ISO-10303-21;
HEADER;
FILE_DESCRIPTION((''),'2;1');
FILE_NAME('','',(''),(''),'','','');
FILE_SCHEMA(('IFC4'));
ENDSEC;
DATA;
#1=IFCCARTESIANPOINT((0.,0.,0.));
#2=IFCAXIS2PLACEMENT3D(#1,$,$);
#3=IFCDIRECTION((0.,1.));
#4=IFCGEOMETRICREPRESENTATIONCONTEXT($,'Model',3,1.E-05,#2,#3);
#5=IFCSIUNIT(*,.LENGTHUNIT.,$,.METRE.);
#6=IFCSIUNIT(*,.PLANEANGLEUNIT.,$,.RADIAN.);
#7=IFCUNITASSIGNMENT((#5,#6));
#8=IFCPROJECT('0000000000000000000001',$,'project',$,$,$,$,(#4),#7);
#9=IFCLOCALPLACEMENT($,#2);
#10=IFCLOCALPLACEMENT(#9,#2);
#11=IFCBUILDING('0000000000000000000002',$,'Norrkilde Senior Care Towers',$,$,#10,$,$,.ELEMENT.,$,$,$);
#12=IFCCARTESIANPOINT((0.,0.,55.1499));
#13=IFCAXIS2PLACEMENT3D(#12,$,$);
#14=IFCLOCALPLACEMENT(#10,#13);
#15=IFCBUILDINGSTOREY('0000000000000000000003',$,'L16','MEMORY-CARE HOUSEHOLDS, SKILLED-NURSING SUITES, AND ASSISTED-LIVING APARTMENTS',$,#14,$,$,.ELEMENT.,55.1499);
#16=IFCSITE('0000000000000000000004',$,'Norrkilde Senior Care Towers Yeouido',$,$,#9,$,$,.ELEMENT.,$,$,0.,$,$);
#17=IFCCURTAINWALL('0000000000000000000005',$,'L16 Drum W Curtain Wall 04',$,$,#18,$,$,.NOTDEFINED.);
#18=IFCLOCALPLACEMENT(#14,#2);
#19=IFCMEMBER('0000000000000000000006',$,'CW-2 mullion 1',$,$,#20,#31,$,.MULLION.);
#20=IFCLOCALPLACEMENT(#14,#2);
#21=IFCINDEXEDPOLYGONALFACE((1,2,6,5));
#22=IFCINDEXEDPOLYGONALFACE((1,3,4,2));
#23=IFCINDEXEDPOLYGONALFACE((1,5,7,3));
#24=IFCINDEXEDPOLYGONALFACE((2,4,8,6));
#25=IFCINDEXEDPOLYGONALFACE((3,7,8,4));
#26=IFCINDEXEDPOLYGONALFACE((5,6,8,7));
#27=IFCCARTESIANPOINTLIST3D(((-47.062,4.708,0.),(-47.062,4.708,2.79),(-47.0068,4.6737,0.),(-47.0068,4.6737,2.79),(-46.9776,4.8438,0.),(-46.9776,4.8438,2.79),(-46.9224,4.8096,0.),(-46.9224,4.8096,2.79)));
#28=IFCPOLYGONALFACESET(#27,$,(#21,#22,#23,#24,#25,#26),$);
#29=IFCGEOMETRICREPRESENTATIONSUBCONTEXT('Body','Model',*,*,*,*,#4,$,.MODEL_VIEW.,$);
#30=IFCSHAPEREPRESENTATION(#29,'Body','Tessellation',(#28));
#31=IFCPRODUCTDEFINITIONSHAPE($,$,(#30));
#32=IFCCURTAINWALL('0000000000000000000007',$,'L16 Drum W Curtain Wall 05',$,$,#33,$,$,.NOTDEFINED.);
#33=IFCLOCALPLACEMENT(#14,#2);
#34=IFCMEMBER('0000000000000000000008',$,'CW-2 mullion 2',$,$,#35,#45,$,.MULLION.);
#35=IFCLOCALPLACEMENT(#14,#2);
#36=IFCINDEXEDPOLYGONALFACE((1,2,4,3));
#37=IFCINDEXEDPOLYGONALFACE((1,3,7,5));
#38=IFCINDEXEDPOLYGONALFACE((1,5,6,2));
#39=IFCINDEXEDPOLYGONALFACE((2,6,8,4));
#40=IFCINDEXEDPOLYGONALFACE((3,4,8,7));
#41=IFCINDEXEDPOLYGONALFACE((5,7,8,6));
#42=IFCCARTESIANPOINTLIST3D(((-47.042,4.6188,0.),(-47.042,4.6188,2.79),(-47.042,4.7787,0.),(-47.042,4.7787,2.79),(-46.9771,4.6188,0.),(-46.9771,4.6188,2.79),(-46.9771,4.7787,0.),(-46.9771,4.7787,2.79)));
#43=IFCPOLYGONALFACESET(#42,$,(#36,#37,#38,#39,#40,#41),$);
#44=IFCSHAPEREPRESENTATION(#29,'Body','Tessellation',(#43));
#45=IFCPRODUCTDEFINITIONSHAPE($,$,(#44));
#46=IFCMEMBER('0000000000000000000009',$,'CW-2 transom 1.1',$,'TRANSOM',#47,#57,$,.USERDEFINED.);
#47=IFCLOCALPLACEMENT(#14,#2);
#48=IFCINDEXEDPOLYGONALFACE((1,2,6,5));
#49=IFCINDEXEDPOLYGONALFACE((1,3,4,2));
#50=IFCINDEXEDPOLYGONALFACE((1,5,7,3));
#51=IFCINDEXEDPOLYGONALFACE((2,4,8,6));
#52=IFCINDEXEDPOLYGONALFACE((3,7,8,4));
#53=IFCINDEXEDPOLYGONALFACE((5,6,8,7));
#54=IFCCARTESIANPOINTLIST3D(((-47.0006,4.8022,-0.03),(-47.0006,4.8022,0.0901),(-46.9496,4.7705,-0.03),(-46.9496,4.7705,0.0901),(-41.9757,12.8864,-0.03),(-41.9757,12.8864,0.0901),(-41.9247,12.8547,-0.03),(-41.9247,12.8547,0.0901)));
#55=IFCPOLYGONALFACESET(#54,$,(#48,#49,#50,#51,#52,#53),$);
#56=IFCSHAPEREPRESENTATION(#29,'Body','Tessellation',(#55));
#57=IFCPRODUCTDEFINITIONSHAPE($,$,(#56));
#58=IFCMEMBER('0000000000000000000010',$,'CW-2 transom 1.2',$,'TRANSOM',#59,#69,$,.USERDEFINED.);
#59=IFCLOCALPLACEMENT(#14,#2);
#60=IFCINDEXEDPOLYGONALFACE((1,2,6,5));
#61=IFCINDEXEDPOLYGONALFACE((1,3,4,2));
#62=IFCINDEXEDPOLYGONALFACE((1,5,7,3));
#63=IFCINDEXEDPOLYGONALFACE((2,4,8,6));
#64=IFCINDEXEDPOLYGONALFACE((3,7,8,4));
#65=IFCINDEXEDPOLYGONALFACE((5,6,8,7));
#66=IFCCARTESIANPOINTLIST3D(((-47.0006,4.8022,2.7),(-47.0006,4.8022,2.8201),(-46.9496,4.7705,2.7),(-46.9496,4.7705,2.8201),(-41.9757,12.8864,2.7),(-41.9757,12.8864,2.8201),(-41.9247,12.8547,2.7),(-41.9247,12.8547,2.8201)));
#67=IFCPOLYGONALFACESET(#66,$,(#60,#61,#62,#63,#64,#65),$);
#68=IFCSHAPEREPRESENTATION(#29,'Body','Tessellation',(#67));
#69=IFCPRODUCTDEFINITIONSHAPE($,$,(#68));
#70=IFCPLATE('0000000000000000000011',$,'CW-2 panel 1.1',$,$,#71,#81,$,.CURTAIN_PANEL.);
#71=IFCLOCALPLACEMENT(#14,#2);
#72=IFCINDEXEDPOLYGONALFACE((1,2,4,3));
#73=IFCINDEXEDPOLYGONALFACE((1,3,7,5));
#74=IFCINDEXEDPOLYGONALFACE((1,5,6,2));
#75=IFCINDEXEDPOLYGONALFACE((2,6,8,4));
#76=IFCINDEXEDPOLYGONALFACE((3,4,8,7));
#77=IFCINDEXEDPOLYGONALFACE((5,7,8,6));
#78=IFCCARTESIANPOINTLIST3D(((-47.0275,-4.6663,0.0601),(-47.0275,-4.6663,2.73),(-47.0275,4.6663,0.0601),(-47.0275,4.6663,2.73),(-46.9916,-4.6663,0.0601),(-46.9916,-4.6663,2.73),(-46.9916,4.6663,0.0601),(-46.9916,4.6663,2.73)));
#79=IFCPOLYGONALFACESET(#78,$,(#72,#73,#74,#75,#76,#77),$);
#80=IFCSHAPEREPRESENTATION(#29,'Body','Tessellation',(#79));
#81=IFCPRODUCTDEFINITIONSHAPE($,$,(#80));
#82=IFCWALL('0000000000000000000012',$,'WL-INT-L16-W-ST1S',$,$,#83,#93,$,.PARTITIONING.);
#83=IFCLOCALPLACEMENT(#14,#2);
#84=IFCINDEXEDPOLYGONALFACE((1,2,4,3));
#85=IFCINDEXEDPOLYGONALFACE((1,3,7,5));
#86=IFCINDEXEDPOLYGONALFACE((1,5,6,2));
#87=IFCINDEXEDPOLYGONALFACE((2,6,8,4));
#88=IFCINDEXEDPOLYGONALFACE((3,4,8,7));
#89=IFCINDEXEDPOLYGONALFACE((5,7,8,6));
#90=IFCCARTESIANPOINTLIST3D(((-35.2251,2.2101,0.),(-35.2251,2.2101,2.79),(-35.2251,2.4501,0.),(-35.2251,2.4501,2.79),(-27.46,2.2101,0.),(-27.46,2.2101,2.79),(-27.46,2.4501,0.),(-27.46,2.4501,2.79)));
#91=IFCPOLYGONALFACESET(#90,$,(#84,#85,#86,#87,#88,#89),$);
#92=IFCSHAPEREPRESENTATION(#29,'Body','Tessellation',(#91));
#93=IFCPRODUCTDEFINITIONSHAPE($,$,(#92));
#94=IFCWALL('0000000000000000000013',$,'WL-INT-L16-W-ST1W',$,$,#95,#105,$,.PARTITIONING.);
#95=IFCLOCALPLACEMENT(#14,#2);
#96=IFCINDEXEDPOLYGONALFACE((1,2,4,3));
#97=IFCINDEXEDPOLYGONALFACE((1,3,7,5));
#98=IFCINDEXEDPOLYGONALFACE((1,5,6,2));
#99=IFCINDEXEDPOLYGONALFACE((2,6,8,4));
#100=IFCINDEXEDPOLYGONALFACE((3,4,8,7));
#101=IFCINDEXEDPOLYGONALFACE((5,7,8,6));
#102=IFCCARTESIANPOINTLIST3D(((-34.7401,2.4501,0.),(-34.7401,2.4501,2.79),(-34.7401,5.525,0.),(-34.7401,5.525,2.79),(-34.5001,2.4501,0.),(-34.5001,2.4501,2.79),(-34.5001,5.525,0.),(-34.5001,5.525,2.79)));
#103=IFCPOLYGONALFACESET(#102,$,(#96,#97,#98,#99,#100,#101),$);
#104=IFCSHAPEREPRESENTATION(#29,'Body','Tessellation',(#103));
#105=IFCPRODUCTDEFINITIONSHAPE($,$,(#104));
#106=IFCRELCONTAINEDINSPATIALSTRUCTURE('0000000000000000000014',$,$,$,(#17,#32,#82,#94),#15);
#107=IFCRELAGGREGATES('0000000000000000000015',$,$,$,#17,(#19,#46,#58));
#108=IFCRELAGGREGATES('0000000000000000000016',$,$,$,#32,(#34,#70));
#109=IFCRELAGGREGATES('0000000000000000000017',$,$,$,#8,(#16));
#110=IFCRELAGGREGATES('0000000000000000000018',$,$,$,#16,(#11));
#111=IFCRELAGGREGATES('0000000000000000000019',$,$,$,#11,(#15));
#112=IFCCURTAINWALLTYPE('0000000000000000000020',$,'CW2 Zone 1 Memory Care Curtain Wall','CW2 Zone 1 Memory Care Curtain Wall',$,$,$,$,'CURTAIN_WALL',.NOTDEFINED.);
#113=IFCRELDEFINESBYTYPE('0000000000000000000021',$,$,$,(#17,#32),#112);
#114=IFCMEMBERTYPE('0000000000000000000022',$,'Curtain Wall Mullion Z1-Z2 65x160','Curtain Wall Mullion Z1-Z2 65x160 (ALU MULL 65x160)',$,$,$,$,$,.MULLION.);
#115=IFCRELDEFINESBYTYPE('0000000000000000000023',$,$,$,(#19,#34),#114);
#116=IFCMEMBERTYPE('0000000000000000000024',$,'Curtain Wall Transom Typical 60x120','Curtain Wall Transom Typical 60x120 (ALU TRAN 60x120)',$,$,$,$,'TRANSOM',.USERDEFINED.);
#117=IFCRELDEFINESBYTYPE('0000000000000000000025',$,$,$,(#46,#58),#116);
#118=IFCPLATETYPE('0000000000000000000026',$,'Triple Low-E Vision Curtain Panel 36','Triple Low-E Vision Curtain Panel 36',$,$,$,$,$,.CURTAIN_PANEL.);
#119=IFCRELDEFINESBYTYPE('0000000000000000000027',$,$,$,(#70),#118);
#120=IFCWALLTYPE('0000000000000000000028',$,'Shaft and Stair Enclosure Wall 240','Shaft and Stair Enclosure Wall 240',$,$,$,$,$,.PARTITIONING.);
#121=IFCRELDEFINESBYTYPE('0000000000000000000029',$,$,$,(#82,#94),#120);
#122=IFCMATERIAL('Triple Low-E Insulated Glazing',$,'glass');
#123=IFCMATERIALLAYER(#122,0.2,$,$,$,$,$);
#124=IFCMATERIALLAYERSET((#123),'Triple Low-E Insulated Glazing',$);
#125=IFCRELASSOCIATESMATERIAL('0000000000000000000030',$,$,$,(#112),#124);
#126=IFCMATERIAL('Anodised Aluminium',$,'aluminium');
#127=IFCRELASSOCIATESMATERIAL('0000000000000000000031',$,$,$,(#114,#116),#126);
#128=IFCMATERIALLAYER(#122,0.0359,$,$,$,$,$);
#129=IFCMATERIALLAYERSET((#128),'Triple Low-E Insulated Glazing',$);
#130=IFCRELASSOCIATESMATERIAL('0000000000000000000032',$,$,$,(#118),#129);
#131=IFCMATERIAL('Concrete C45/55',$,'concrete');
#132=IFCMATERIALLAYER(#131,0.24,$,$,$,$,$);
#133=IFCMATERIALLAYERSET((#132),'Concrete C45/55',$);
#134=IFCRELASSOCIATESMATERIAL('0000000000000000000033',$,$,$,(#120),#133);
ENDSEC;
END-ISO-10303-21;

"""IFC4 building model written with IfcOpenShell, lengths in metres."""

from ifc_helpers import new_model, si_unit, direction, frame, frame_2d, origin, origin_2d, place, context, subcontext, project, spatial, rectangle, extrude, source, transform, mapped, material, layer, layer_set, material_profile, profile_set, type_object, type_shapes, element, aggregate, save


model = new_model("IFC4")

# Units and contexts
model_context = context("Model", 3, precision=1e-05, world=origin(), true_north=direction((0.0, 1.0)))
body_context = subcontext(model_context, "Body", "Model", "MODEL_VIEW")
ifc_project = project(units=[si_unit("LENGTHUNIT", "METRE"), si_unit("PLANEANGLEUNIT", "RADIAN")], contexts=[model_context])

# Site, building, storey
site_placement = place(None, origin())
site = spatial("IfcSite", under=ifc_project, at=site_placement, Name="Norrkilde Senior Care Towers Yeouido", CompositionType="ELEMENT", RefElevation=0.0)
building_placement = place(site_placement, origin())
building = spatial("IfcBuilding", under=site, at=building_placement, Name="Norrkilde Senior Care Towers", CompositionType="ELEMENT")
storey_placement = place(building_placement, frame((0.0, 0.0, 55.1499)))
storey = spatial("IfcBuildingStorey", under=building, at=storey_placement, Name="L16", Description="MEMORY-CARE HOUSEHOLDS, SKILLED-NURSING SUITES, AND ASSISTED-LIVING APARTMENTS", CompositionType="ELEMENT", Elevation=55.1499)

# Curtain walls, members
ifc_material_1 = material(Name="Triple Low-E Insulated Glazing", Category="glass")
ifc_layer_1 = layer(ifc_material_1, 0.2)
ifc_layer_set_1 = layer_set([ifc_layer_1], Name="Triple Low-E Insulated Glazing")
curtain_wall_type = type_object("IfcCurtainWallType", Name="CW2 Zone 1 Memory Care Curtain Wall", Description="CW2 Zone 1 Memory Care Curtain Wall", ElementType="CURTAIN_WALL", PredefinedType="NOTDEFINED", material=ifc_layer_set_1)
curtain_wall_1_placement = place(storey_placement, origin())
curtain_wall_1 = element("IfcCurtainWall", 1, at=curtain_wall_1_placement, inside=storey, type_object=curtain_wall_type, Name="L16 Drum W Curtain Wall 04", PredefinedType="NOTDEFINED")
ifc_material_2 = material(Name="Anodised Aluminium", Category="aluminium")
ifc_material_profile_1 = material_profile(ifc_material_2, rectangle(XDim=0.0649, YDim=0.1599, at=origin_2d()), Name="ALU MULL 65x160")
ifc_profile_set_1 = profile_set([ifc_material_profile_1], Name="Anodised Aluminium")
member_type_1 = type_object("IfcMemberType", Name="Curtain Wall Mullion Z1-Z2 65x160", Description="Curtain Wall Mullion Z1-Z2 65x160 (ALU MULL 65x160)", PredefinedType="MULLION", material=ifc_profile_set_1)
shared_shape_1 = source(origin(), body_context, "Body", "SweptSolid", [
    extrude(rectangle(XDim=0.0649, YDim=0.1599, at=origin_2d()), origin(), (0.0, 0.0, 1.0), 2.79),
])
type_shapes(member_type_1, [shared_shape_1])
member_1_placement = place(storey_placement, frame((-46.9922, 4.7588, 0.0), z_axis=(0.0, 0.0, 1.0), x_axis=(-0.849306, 0.527901, 0.0)))
member_1 = element("IfcMember", 2, at=member_1_placement, type_object=member_type_1, Name="CW-2 mullion 1", PredefinedType="MULLION", context=body_context, shape_type="MappedRepresentation", body=[
    mapped(shared_shape_1, transform((0.0, 0.0, 0.0), x_axis=(1.0, 0.0, 0.0), y_axis=(0.0, 1.0, 0.0), z_axis=(0.0, 0.0, 1.0), scale=1.0)),
])
curtain_wall_2_placement = place(storey_placement, origin())
curtain_wall_2 = element("IfcCurtainWall", 3, at=curtain_wall_2_placement, inside=storey, type_object=curtain_wall_type, Name="L16 Drum W Curtain Wall 05", PredefinedType="NOTDEFINED")
member_2_placement = place(storey_placement, frame((-47.0095, 4.6987, 0.0), z_axis=(0.0, 0.0, 1.0), x_axis=(-1.0, 0.0, 0.0)))
member_2 = element("IfcMember", 4, at=member_2_placement, type_object=member_type_1, Name="CW-2 mullion 2", PredefinedType="MULLION", context=body_context, shape_type="MappedRepresentation", body=[
    mapped(shared_shape_1, transform((0.0, 0.0, 0.0), x_axis=(1.0, 0.0, 0.0), y_axis=(0.0, 1.0, 0.0), z_axis=(0.0, 0.0, 1.0), scale=1.0)),
])

# Members
ifc_material_profile_2 = material_profile(ifc_material_2, rectangle(XDim=0.0601, YDim=0.1201, at=origin_2d()), Name="ALU TRAN 60x120")
ifc_profile_set_2 = profile_set([ifc_material_profile_2], Name="Anodised Aluminium")
member_type_2 = type_object("IfcMemberType", Name="Curtain Wall Transom Typical 60x120", Description="Curtain Wall Transom Typical 60x120 (ALU TRAN 60x120)", ElementType="TRANSOM", PredefinedType="USERDEFINED", material=ifc_profile_set_2)
shared_shape_2 = source(origin(), body_context, "Body", "SweptSolid", [
    extrude(rectangle(XDim=0.0601, YDim=0.1201, at=origin_2d()), origin(), (0.0, 0.0, 1.0), 9.5186),
])
type_shapes(member_type_2, [shared_shape_2])
member_3_placement = place(storey_placement, frame((-46.9751, 4.7864, 0.03), z_axis=(0.527902, 0.849306, 0.0), x_axis=(-0.849306, 0.527902, 0.0)))
member_3 = element("IfcMember", 5, at=member_3_placement, type_object=member_type_2, Name="CW-2 transom 1.1", ObjectType="TRANSOM", PredefinedType="USERDEFINED", context=body_context, shape_type="MappedRepresentation", body=[
    mapped(shared_shape_2, transform((0.0, 0.0, 0.0), x_axis=(1.0, 0.0, 0.0), y_axis=(0.0, 1.0, 0.0), z_axis=(0.0, 0.0, 1.0), scale=1.0)),
])
member_4_placement = place(storey_placement, frame((-46.9751, 4.7864, 2.76), z_axis=(0.527902, 0.849306, 0.0), x_axis=(-0.849306, 0.527902, 0.0)))
member_4 = element("IfcMember", 6, at=member_4_placement, type_object=member_type_2, Name="CW-2 transom 1.2", ObjectType="TRANSOM", PredefinedType="USERDEFINED", context=body_context, shape_type="MappedRepresentation", body=[
    mapped(shared_shape_2, transform((0.0, 0.0, 0.0), x_axis=(1.0, 0.0, 0.0), y_axis=(0.0, 1.0, 0.0), z_axis=(0.0, 0.0, 1.0), scale=1.0)),
])
aggregate(curtain_wall_1, [member_1, member_3, member_4])

# Plate
ifc_layer_2 = layer(ifc_material_1, 0.0359)
ifc_layer_set_2 = layer_set([ifc_layer_2], Name="Triple Low-E Insulated Glazing")
plate_type = type_object("IfcPlateType", Name="Triple Low-E Vision Curtain Panel 36", Description="Triple Low-E Vision Curtain Panel 36", PredefinedType="CURTAIN_PANEL", material=ifc_layer_set_2)
shared_shape_3 = source(origin(), body_context, "Body", "SweptSolid", [
    extrude(rectangle(XDim=9.3325, YDim=0.0359, at=origin_2d()), origin(), (0.0, 0.0, 1.0), 2.6699),
])
type_shapes(plate_type, [shared_shape_3])
plate_placement = place(storey_placement, frame((-47.0095, 0.0, 0.0601), z_axis=(0.0, 0.0, 1.0), x_axis=(0.0, 1.0, 0.0)))
plate = element("IfcPlate", 7, at=plate_placement, type_object=plate_type, Name="CW-2 panel 1.1", PredefinedType="CURTAIN_PANEL", context=body_context, shape_type="MappedRepresentation", body=[
    mapped(shared_shape_3, transform((0.0, 0.0, 0.0), x_axis=(1.0, 0.0, 0.0), y_axis=(0.0, 1.0, 0.0), z_axis=(0.0, 0.0, 1.0), scale=1.0)),
])
aggregate(curtain_wall_2, [member_2, plate])

# Walls
ifc_material_3 = material(Name="Concrete C45/55", Category="concrete")
ifc_layer_3 = layer(ifc_material_3, 0.24)
ifc_layer_set_3 = layer_set([ifc_layer_3], Name="Concrete C45/55")
wall_type_1 = type_object("IfcWallType", Name="Shaft and Stair Enclosure Wall 240", Description="Shaft and Stair Enclosure Wall 240", PredefinedType="PARTITIONING", material=ifc_layer_set_3)
shared_shape_4 = source(origin(), body_context, "Body", "SweptSolid", [
    extrude(rectangle(XDim=7.7651, YDim=0.24, at=frame_2d((3.8826, 0.0))), origin(), (0.0, 0.0, 1.0), 2.79),
])
wall_1_placement = place(storey_placement, frame((-35.2251, 2.3301, 0.0), z_axis=(0.0, 0.0, 1.0), x_axis=(1.0, 0.0, 0.0)))
element("IfcWall", 8, at=wall_1_placement, inside=storey, type_object=wall_type_1, Name="WL-INT-L16-W-ST1S", PredefinedType="PARTITIONING", context=body_context, shape_type="MappedRepresentation", body=[
    mapped(shared_shape_4, transform((0.0, 0.0, 0.0), x_axis=(1.0, 0.0, 0.0), y_axis=(0.0, 1.0, 0.0), z_axis=(0.0, 0.0, 1.0), scale=1.0)),
])
shared_shape_5 = source(origin(), body_context, "Body", "SweptSolid", [
    extrude(rectangle(XDim=3.075, YDim=0.24, at=frame_2d((1.5376, 0.0))), origin(), (0.0, 0.0, 1.0), 2.79),
])
type_shapes(wall_type_1, [shared_shape_4, shared_shape_5])
wall_2_placement = place(storey_placement, frame((-34.6201, 2.45, 0.0), z_axis=(0.0, 0.0, 1.0), x_axis=(0.0, 1.0, 0.0)))
element("IfcWall", 9, at=wall_2_placement, inside=storey, type_object=wall_type_1, Name="WL-INT-L16-W-ST1W", PredefinedType="PARTITIONING", context=body_context, shape_type="MappedRepresentation", body=[
    mapped(shared_shape_5, transform((0.0, 0.0, 0.0), x_axis=(1.0, 0.0, 0.0), y_axis=(0.0, 1.0, 0.0), z_axis=(0.0, 0.0, 1.0), scale=1.0)),
])

save(model, "model.ifc")
